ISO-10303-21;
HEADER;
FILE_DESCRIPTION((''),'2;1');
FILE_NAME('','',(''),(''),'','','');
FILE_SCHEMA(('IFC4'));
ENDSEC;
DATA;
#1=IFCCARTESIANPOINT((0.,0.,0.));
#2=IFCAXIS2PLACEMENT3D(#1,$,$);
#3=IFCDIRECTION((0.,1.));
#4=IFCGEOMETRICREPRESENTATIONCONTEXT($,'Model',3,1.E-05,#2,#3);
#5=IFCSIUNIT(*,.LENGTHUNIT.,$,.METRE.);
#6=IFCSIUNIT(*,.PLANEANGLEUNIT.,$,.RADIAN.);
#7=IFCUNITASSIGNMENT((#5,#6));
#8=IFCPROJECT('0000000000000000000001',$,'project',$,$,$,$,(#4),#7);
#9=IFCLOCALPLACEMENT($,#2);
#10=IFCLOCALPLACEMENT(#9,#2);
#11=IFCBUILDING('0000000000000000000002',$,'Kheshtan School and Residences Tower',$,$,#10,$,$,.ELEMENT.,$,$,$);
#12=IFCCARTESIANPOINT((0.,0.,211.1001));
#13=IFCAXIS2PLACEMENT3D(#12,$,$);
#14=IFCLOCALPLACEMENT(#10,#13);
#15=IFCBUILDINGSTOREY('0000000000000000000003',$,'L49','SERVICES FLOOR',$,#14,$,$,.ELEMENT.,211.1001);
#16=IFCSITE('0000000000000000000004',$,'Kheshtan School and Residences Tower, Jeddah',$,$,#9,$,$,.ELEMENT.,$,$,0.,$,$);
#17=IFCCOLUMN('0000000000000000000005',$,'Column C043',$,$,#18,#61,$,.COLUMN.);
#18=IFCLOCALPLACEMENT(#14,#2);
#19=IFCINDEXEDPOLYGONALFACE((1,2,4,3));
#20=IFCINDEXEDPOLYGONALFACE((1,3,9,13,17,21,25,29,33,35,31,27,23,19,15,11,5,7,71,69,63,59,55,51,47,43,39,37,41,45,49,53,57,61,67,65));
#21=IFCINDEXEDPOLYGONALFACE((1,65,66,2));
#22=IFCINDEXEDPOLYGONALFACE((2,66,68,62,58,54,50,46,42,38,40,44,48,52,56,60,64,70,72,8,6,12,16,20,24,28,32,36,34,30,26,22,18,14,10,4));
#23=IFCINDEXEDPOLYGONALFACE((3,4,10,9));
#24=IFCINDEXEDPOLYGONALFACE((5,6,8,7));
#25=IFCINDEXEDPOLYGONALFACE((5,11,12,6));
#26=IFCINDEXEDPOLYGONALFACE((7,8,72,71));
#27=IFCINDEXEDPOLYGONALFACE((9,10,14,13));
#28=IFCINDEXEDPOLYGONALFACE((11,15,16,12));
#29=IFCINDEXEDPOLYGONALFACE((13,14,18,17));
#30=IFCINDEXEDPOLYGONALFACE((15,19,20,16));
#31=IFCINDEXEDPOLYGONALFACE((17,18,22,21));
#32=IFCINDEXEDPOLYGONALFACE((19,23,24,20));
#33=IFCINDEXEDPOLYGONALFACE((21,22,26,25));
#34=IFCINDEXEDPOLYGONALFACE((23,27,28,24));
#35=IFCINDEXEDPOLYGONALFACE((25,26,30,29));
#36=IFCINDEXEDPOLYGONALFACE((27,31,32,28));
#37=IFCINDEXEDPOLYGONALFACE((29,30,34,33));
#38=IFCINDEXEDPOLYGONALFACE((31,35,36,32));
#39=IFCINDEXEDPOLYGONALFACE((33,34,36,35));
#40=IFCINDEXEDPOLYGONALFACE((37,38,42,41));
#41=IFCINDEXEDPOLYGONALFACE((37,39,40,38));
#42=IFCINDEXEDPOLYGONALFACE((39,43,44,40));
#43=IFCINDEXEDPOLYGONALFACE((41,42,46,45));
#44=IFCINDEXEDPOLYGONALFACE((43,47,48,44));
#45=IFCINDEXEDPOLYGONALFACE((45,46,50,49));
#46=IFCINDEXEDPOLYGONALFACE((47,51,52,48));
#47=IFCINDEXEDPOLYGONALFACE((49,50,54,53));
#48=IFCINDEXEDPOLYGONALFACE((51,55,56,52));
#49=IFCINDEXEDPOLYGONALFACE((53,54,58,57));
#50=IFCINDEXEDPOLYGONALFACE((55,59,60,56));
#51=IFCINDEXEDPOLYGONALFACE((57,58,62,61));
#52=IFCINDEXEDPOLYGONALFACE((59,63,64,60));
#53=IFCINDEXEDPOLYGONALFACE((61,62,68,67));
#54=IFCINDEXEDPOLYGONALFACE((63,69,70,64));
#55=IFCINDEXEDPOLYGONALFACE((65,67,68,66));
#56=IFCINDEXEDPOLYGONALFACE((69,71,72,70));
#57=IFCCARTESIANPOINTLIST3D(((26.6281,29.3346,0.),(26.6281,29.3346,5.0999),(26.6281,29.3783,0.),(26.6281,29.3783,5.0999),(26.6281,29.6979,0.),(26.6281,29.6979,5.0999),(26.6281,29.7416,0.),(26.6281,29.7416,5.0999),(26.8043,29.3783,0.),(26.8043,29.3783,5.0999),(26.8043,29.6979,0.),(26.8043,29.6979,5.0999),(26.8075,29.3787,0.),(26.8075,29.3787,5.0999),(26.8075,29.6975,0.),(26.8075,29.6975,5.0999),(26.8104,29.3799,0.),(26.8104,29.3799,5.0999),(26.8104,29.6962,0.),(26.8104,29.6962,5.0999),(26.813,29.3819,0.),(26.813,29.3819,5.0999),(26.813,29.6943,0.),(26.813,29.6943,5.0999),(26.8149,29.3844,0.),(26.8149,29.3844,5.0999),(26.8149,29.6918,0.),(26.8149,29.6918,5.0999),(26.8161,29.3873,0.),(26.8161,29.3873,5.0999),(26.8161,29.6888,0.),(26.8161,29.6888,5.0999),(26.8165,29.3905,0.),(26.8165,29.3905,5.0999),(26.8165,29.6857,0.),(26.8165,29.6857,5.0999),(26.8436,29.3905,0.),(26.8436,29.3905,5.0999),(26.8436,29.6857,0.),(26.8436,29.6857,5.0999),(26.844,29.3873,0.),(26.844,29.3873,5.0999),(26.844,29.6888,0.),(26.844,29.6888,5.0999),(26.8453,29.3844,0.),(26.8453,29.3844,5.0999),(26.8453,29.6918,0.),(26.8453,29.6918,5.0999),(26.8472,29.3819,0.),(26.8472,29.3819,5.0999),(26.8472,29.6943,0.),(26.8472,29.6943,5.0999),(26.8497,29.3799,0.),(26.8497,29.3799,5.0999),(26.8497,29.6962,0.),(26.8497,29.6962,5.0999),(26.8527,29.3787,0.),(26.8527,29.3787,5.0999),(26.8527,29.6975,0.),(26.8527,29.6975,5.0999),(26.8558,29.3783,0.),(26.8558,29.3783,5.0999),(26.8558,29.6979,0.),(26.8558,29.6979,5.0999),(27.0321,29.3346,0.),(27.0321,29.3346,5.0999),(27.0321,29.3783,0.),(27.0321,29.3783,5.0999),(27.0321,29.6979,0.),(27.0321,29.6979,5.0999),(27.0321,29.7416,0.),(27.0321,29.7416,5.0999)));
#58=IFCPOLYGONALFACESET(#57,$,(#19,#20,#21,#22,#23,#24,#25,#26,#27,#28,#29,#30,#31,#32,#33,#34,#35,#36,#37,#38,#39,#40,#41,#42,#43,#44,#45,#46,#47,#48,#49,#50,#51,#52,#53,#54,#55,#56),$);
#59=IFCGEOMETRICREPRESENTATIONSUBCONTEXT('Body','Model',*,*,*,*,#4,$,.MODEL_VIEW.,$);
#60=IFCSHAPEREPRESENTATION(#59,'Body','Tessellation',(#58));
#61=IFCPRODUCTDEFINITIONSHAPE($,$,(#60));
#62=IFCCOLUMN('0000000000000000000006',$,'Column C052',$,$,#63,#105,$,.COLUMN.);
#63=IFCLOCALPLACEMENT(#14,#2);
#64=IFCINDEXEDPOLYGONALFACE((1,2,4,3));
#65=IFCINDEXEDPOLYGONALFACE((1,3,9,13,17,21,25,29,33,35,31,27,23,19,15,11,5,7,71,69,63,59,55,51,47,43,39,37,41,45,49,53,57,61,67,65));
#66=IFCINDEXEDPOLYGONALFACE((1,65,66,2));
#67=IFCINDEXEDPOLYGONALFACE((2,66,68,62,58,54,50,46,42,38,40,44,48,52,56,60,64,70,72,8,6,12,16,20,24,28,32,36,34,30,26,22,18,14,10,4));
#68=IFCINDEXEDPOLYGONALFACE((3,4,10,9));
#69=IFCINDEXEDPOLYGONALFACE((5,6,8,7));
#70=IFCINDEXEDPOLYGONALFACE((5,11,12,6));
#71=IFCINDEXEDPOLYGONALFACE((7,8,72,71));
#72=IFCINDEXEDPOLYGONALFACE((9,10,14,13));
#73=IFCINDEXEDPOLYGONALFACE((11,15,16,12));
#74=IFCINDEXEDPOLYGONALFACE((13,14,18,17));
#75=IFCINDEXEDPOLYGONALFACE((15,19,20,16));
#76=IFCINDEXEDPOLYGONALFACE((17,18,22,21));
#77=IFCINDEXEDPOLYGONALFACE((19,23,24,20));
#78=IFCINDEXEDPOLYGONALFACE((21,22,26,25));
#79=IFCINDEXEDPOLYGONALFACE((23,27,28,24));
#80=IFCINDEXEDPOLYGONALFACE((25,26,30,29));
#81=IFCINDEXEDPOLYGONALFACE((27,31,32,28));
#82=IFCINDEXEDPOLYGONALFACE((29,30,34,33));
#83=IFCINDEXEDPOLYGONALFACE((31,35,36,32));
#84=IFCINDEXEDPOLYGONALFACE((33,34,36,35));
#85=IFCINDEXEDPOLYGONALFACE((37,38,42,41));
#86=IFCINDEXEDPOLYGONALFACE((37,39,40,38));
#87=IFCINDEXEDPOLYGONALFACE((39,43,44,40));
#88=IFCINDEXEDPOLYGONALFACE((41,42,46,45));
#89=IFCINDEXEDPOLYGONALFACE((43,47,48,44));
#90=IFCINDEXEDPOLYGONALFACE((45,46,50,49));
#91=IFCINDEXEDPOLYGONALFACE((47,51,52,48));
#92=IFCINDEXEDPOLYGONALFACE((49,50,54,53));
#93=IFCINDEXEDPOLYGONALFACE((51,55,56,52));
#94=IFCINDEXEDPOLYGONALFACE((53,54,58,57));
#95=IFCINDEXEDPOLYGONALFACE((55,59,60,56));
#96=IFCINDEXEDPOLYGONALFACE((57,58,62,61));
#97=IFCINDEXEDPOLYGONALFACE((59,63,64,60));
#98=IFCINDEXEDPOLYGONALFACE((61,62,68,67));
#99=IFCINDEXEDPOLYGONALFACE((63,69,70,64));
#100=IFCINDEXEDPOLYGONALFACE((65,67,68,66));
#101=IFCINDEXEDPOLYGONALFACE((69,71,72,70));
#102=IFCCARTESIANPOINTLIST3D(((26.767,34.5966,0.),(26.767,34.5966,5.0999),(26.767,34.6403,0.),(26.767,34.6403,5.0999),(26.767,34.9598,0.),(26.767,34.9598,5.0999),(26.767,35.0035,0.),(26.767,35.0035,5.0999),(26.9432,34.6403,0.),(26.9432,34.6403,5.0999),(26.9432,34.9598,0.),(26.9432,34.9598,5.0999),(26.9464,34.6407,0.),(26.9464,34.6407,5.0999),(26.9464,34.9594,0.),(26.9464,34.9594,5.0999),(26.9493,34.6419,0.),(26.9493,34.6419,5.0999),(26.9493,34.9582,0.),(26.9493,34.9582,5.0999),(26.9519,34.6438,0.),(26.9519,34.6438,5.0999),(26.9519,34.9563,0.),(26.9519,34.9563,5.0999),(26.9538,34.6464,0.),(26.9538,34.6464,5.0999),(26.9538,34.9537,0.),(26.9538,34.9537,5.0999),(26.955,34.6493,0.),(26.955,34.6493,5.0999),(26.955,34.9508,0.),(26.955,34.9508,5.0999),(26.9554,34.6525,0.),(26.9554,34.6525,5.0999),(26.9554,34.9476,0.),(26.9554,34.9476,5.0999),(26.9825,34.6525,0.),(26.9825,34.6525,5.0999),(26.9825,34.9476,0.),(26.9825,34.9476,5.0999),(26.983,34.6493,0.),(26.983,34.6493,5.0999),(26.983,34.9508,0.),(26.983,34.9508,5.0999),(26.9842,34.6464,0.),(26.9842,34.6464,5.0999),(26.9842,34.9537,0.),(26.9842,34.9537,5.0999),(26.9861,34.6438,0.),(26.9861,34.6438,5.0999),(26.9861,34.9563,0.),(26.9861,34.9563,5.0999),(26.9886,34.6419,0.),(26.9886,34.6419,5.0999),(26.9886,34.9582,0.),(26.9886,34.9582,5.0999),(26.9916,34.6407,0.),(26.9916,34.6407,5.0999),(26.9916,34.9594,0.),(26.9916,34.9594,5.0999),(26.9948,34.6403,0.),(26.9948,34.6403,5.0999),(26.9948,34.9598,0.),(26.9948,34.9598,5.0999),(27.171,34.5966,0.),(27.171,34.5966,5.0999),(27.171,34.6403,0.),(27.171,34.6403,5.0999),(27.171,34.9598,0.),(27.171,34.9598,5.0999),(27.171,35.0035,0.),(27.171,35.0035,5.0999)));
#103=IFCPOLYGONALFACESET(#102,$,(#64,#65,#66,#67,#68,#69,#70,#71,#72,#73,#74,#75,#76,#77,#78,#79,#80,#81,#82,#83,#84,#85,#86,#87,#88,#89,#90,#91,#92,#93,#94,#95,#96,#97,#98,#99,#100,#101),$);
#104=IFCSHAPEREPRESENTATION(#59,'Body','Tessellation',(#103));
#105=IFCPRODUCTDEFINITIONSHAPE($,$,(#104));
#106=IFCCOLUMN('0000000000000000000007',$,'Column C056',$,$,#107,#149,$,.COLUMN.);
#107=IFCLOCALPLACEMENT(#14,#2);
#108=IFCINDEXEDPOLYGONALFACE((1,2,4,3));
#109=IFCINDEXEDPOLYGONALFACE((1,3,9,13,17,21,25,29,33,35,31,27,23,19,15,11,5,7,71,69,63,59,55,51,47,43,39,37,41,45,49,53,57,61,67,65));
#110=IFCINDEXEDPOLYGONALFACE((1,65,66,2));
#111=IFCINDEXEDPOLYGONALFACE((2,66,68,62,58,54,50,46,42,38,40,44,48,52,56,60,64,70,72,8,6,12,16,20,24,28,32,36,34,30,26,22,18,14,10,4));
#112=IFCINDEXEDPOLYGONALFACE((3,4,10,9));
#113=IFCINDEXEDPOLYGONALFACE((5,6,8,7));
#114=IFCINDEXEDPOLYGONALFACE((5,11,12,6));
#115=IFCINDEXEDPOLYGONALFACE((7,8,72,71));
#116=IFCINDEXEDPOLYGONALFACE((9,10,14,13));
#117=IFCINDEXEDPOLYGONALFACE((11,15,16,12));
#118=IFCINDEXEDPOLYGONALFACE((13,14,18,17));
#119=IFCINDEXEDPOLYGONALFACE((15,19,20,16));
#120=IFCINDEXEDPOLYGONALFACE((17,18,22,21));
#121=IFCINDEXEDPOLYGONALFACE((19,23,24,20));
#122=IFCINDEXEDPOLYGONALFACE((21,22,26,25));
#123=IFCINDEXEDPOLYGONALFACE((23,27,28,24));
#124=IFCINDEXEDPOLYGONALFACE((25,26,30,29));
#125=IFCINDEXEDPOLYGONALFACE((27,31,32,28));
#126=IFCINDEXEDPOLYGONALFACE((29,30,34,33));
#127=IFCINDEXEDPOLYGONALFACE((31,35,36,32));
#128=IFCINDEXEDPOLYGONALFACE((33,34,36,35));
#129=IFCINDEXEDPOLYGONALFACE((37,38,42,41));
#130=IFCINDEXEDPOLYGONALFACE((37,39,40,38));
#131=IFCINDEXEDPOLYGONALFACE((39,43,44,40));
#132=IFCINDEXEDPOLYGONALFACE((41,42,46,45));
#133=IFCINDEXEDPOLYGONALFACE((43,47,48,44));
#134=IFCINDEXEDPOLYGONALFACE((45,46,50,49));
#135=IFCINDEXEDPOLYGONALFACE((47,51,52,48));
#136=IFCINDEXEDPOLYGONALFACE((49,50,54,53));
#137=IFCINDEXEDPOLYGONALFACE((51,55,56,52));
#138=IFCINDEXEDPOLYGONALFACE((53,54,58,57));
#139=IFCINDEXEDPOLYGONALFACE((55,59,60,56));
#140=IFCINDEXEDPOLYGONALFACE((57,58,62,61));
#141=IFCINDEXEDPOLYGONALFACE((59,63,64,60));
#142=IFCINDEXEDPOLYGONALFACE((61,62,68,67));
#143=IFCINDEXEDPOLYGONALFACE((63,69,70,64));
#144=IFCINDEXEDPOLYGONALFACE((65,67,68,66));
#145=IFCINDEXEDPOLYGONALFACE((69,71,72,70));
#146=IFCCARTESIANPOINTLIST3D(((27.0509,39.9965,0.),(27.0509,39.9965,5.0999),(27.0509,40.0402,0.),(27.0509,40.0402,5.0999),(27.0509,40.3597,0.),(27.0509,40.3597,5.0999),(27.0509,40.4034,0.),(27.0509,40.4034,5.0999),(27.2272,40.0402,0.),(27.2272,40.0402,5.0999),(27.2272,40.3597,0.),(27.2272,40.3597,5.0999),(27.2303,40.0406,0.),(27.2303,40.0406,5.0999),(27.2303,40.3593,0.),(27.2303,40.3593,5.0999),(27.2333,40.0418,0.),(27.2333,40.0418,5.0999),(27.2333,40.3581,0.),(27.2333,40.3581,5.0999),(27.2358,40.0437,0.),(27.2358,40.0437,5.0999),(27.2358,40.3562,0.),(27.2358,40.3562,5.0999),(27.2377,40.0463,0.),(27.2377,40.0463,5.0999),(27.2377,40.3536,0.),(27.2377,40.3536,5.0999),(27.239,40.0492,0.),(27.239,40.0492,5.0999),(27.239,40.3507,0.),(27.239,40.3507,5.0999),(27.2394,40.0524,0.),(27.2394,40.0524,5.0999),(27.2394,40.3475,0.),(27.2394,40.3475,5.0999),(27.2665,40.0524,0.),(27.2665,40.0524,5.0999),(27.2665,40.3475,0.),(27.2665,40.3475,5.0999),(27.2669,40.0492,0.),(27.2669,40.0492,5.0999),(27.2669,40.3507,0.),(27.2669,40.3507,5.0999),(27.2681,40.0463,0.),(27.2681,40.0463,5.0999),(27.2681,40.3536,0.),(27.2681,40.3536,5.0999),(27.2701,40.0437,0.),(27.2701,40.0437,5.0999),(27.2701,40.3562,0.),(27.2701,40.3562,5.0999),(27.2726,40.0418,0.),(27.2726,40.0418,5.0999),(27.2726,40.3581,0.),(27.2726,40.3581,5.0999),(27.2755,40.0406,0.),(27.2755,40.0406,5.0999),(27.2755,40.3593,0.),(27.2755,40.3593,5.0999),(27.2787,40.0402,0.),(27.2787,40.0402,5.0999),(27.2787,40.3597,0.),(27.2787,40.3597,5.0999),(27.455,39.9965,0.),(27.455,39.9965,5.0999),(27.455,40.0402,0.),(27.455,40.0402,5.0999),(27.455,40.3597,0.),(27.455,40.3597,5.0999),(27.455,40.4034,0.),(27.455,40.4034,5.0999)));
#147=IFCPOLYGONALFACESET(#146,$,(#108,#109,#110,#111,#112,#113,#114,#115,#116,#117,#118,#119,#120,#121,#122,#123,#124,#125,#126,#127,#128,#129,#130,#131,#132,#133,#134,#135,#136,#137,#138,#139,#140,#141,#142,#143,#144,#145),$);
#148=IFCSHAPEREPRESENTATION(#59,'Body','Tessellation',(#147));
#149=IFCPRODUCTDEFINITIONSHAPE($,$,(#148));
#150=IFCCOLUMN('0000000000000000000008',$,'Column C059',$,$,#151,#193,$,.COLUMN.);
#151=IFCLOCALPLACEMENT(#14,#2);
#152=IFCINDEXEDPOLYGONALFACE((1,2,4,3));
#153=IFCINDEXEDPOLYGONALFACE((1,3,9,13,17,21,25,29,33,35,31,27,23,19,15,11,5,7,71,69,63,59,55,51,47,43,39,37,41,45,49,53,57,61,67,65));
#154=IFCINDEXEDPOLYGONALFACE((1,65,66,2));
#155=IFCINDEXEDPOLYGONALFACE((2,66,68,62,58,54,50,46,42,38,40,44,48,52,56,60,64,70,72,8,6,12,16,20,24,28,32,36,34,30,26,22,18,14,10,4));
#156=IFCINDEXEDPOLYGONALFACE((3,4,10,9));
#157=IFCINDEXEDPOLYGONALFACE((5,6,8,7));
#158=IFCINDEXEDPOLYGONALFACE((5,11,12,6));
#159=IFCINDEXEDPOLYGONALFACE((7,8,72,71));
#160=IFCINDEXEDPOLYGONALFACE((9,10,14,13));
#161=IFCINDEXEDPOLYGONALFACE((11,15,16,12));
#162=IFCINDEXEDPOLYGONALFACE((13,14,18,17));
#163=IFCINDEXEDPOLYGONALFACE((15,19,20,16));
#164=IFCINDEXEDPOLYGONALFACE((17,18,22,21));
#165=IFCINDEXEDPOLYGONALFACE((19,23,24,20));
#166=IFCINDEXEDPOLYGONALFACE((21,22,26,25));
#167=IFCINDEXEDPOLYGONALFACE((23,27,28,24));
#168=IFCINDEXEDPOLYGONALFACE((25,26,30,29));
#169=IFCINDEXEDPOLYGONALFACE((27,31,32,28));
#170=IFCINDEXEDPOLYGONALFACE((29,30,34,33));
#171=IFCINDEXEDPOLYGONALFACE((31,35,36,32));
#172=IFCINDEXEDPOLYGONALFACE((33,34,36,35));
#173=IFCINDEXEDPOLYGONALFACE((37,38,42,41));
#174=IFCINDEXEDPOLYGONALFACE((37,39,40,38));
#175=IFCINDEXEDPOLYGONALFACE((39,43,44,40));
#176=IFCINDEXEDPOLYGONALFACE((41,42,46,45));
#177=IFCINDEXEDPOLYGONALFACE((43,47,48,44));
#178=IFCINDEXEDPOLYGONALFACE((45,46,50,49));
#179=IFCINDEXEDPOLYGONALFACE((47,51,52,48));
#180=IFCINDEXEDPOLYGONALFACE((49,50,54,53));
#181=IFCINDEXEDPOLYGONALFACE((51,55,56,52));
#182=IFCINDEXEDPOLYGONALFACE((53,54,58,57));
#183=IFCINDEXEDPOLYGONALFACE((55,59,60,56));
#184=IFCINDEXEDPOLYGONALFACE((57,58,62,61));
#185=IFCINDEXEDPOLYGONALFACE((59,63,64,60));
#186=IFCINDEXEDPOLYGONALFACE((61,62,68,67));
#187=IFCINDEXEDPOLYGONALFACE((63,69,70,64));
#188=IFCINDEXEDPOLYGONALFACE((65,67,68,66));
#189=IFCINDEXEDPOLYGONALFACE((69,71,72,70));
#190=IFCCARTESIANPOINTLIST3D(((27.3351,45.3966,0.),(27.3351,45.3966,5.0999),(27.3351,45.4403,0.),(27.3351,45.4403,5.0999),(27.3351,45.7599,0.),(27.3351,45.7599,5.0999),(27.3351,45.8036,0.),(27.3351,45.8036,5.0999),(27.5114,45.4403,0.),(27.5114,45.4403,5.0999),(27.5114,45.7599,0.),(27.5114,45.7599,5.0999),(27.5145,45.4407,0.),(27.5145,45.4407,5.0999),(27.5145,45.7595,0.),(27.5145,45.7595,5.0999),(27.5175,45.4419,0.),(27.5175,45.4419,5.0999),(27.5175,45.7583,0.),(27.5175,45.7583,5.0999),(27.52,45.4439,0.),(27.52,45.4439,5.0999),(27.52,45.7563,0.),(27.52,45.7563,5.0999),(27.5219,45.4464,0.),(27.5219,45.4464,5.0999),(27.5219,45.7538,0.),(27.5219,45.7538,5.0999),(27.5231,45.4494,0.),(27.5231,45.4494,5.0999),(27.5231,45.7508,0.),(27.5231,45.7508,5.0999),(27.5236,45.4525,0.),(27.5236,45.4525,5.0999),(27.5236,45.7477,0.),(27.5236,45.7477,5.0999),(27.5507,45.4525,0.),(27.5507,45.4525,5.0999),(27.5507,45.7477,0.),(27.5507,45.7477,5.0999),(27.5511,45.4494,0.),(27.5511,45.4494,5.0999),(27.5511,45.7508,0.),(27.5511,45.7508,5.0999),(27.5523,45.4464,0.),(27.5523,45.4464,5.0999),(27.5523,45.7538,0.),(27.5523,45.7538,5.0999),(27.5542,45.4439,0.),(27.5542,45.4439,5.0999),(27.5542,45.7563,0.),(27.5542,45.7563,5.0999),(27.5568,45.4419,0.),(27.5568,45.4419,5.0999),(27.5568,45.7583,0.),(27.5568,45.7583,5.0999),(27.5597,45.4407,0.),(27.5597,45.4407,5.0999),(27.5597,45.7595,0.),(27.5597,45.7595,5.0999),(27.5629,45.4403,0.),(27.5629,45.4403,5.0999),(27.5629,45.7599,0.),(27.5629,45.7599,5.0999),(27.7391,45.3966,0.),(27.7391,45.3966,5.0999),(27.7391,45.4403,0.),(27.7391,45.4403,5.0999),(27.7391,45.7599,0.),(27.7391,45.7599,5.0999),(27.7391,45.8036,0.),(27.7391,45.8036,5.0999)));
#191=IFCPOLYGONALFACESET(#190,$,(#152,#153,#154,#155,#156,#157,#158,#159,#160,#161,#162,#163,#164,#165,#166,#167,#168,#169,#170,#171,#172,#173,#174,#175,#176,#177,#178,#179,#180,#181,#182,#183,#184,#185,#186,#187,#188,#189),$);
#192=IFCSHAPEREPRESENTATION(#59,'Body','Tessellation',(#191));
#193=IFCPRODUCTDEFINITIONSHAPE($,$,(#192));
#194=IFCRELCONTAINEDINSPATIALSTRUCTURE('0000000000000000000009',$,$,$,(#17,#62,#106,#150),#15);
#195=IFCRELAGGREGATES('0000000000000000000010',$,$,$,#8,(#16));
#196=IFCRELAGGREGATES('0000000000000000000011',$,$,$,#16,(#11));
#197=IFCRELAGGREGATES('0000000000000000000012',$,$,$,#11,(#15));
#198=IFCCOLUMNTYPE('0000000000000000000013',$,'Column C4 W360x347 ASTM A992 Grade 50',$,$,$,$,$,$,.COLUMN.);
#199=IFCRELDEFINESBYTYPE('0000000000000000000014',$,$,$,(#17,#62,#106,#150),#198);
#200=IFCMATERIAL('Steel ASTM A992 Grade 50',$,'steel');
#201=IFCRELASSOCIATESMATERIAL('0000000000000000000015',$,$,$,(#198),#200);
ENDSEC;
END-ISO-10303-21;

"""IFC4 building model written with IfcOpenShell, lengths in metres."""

from ifc_helpers import new_model, si_unit, direction, frame, origin, origin_2d, place, context, subcontext, project, spatial, i_section, extrude, material, material_profile, profile_set, type_object, element, save


model = new_model("IFC4")

# Units and contexts
model_context = context("Model", 3, precision=1e-05, world=origin(), true_north=direction((0.0, 1.0)))
body_context = subcontext(model_context, "Body", "Model", "MODEL_VIEW")
ifc_project = project(units=[si_unit("LENGTHUNIT", "METRE"), si_unit("PLANEANGLEUNIT", "RADIAN")], contexts=[model_context])

# Site, building, storey
site_placement = place(None, origin())
site = spatial("IfcSite", under=ifc_project, at=site_placement, Name="Kheshtan School and Residences Tower, Jeddah", CompositionType="ELEMENT", RefElevation=0.0)
building_placement = place(site_placement, origin())
building = spatial("IfcBuilding", under=site, at=building_placement, Name="Kheshtan School and Residences Tower", CompositionType="ELEMENT")
storey_placement = place(building_placement, frame((0.0, 0.0, 211.1001)))
storey = spatial("IfcBuildingStorey", under=building, at=storey_placement, Name="L49", Description="SERVICES FLOOR", CompositionType="ELEMENT", Elevation=211.1001)

# Columns
ifc_material_1 = material(Name="Steel ASTM A992 Grade 50", Category="steel")
ifc_material_profile_1 = material_profile(ifc_material_1, i_section(OverallWidth=0.4041, OverallDepth=0.407, WebThickness=0.0271, FlangeThickness=0.0437, FilletRadius=0.0122, at=origin_2d()), Name="W360x347")
ifc_profile_set_1 = profile_set([ifc_material_profile_1], Name="Steel ASTM A992 Grade 50")
column_type = type_object("IfcColumnType", Name="Column C4 W360x347 ASTM A992 Grade 50", PredefinedType="COLUMN", material=ifc_profile_set_1)
for number, where, z_axis, x_axis, name in (
    (1, (26.8301, 29.5381, 0.0), (0.0, 0.0, 1.0), (1.0, 0.0, 0.0), "Column C043"),
    (2, (26.969, 34.8, 0.0), (0.0, 0.0, 1.0), (1.0, 0.0, 0.0), "Column C052"),
    (3, (27.2529, 40.2, 0.0), (0.0, 0.0, 1.0), (1.0, 0.0, 0.0), "Column C056"),
    (4, (27.5371, 45.6001, 0.0), (0.0, 0.0, 1.0), (1.0, 0.0, 0.0), "Column C059"),
):
    element("IfcColumn", number, at=place(storey_placement, frame(where, z_axis=z_axis, x_axis=x_axis)), inside=storey, type_object=column_type, Name=name, PredefinedType="COLUMN", context=body_context, shape_type="SweptSolid", body=[
        extrude(i_section(OverallWidth=0.4041, OverallDepth=0.407, WebThickness=0.0271, FlangeThickness=0.0437, FilletRadius=0.0122, at=origin_2d()), origin(), (0.0, 0.0, 1.0), 5.0999),
    ])

save(model, "model.ifc")
